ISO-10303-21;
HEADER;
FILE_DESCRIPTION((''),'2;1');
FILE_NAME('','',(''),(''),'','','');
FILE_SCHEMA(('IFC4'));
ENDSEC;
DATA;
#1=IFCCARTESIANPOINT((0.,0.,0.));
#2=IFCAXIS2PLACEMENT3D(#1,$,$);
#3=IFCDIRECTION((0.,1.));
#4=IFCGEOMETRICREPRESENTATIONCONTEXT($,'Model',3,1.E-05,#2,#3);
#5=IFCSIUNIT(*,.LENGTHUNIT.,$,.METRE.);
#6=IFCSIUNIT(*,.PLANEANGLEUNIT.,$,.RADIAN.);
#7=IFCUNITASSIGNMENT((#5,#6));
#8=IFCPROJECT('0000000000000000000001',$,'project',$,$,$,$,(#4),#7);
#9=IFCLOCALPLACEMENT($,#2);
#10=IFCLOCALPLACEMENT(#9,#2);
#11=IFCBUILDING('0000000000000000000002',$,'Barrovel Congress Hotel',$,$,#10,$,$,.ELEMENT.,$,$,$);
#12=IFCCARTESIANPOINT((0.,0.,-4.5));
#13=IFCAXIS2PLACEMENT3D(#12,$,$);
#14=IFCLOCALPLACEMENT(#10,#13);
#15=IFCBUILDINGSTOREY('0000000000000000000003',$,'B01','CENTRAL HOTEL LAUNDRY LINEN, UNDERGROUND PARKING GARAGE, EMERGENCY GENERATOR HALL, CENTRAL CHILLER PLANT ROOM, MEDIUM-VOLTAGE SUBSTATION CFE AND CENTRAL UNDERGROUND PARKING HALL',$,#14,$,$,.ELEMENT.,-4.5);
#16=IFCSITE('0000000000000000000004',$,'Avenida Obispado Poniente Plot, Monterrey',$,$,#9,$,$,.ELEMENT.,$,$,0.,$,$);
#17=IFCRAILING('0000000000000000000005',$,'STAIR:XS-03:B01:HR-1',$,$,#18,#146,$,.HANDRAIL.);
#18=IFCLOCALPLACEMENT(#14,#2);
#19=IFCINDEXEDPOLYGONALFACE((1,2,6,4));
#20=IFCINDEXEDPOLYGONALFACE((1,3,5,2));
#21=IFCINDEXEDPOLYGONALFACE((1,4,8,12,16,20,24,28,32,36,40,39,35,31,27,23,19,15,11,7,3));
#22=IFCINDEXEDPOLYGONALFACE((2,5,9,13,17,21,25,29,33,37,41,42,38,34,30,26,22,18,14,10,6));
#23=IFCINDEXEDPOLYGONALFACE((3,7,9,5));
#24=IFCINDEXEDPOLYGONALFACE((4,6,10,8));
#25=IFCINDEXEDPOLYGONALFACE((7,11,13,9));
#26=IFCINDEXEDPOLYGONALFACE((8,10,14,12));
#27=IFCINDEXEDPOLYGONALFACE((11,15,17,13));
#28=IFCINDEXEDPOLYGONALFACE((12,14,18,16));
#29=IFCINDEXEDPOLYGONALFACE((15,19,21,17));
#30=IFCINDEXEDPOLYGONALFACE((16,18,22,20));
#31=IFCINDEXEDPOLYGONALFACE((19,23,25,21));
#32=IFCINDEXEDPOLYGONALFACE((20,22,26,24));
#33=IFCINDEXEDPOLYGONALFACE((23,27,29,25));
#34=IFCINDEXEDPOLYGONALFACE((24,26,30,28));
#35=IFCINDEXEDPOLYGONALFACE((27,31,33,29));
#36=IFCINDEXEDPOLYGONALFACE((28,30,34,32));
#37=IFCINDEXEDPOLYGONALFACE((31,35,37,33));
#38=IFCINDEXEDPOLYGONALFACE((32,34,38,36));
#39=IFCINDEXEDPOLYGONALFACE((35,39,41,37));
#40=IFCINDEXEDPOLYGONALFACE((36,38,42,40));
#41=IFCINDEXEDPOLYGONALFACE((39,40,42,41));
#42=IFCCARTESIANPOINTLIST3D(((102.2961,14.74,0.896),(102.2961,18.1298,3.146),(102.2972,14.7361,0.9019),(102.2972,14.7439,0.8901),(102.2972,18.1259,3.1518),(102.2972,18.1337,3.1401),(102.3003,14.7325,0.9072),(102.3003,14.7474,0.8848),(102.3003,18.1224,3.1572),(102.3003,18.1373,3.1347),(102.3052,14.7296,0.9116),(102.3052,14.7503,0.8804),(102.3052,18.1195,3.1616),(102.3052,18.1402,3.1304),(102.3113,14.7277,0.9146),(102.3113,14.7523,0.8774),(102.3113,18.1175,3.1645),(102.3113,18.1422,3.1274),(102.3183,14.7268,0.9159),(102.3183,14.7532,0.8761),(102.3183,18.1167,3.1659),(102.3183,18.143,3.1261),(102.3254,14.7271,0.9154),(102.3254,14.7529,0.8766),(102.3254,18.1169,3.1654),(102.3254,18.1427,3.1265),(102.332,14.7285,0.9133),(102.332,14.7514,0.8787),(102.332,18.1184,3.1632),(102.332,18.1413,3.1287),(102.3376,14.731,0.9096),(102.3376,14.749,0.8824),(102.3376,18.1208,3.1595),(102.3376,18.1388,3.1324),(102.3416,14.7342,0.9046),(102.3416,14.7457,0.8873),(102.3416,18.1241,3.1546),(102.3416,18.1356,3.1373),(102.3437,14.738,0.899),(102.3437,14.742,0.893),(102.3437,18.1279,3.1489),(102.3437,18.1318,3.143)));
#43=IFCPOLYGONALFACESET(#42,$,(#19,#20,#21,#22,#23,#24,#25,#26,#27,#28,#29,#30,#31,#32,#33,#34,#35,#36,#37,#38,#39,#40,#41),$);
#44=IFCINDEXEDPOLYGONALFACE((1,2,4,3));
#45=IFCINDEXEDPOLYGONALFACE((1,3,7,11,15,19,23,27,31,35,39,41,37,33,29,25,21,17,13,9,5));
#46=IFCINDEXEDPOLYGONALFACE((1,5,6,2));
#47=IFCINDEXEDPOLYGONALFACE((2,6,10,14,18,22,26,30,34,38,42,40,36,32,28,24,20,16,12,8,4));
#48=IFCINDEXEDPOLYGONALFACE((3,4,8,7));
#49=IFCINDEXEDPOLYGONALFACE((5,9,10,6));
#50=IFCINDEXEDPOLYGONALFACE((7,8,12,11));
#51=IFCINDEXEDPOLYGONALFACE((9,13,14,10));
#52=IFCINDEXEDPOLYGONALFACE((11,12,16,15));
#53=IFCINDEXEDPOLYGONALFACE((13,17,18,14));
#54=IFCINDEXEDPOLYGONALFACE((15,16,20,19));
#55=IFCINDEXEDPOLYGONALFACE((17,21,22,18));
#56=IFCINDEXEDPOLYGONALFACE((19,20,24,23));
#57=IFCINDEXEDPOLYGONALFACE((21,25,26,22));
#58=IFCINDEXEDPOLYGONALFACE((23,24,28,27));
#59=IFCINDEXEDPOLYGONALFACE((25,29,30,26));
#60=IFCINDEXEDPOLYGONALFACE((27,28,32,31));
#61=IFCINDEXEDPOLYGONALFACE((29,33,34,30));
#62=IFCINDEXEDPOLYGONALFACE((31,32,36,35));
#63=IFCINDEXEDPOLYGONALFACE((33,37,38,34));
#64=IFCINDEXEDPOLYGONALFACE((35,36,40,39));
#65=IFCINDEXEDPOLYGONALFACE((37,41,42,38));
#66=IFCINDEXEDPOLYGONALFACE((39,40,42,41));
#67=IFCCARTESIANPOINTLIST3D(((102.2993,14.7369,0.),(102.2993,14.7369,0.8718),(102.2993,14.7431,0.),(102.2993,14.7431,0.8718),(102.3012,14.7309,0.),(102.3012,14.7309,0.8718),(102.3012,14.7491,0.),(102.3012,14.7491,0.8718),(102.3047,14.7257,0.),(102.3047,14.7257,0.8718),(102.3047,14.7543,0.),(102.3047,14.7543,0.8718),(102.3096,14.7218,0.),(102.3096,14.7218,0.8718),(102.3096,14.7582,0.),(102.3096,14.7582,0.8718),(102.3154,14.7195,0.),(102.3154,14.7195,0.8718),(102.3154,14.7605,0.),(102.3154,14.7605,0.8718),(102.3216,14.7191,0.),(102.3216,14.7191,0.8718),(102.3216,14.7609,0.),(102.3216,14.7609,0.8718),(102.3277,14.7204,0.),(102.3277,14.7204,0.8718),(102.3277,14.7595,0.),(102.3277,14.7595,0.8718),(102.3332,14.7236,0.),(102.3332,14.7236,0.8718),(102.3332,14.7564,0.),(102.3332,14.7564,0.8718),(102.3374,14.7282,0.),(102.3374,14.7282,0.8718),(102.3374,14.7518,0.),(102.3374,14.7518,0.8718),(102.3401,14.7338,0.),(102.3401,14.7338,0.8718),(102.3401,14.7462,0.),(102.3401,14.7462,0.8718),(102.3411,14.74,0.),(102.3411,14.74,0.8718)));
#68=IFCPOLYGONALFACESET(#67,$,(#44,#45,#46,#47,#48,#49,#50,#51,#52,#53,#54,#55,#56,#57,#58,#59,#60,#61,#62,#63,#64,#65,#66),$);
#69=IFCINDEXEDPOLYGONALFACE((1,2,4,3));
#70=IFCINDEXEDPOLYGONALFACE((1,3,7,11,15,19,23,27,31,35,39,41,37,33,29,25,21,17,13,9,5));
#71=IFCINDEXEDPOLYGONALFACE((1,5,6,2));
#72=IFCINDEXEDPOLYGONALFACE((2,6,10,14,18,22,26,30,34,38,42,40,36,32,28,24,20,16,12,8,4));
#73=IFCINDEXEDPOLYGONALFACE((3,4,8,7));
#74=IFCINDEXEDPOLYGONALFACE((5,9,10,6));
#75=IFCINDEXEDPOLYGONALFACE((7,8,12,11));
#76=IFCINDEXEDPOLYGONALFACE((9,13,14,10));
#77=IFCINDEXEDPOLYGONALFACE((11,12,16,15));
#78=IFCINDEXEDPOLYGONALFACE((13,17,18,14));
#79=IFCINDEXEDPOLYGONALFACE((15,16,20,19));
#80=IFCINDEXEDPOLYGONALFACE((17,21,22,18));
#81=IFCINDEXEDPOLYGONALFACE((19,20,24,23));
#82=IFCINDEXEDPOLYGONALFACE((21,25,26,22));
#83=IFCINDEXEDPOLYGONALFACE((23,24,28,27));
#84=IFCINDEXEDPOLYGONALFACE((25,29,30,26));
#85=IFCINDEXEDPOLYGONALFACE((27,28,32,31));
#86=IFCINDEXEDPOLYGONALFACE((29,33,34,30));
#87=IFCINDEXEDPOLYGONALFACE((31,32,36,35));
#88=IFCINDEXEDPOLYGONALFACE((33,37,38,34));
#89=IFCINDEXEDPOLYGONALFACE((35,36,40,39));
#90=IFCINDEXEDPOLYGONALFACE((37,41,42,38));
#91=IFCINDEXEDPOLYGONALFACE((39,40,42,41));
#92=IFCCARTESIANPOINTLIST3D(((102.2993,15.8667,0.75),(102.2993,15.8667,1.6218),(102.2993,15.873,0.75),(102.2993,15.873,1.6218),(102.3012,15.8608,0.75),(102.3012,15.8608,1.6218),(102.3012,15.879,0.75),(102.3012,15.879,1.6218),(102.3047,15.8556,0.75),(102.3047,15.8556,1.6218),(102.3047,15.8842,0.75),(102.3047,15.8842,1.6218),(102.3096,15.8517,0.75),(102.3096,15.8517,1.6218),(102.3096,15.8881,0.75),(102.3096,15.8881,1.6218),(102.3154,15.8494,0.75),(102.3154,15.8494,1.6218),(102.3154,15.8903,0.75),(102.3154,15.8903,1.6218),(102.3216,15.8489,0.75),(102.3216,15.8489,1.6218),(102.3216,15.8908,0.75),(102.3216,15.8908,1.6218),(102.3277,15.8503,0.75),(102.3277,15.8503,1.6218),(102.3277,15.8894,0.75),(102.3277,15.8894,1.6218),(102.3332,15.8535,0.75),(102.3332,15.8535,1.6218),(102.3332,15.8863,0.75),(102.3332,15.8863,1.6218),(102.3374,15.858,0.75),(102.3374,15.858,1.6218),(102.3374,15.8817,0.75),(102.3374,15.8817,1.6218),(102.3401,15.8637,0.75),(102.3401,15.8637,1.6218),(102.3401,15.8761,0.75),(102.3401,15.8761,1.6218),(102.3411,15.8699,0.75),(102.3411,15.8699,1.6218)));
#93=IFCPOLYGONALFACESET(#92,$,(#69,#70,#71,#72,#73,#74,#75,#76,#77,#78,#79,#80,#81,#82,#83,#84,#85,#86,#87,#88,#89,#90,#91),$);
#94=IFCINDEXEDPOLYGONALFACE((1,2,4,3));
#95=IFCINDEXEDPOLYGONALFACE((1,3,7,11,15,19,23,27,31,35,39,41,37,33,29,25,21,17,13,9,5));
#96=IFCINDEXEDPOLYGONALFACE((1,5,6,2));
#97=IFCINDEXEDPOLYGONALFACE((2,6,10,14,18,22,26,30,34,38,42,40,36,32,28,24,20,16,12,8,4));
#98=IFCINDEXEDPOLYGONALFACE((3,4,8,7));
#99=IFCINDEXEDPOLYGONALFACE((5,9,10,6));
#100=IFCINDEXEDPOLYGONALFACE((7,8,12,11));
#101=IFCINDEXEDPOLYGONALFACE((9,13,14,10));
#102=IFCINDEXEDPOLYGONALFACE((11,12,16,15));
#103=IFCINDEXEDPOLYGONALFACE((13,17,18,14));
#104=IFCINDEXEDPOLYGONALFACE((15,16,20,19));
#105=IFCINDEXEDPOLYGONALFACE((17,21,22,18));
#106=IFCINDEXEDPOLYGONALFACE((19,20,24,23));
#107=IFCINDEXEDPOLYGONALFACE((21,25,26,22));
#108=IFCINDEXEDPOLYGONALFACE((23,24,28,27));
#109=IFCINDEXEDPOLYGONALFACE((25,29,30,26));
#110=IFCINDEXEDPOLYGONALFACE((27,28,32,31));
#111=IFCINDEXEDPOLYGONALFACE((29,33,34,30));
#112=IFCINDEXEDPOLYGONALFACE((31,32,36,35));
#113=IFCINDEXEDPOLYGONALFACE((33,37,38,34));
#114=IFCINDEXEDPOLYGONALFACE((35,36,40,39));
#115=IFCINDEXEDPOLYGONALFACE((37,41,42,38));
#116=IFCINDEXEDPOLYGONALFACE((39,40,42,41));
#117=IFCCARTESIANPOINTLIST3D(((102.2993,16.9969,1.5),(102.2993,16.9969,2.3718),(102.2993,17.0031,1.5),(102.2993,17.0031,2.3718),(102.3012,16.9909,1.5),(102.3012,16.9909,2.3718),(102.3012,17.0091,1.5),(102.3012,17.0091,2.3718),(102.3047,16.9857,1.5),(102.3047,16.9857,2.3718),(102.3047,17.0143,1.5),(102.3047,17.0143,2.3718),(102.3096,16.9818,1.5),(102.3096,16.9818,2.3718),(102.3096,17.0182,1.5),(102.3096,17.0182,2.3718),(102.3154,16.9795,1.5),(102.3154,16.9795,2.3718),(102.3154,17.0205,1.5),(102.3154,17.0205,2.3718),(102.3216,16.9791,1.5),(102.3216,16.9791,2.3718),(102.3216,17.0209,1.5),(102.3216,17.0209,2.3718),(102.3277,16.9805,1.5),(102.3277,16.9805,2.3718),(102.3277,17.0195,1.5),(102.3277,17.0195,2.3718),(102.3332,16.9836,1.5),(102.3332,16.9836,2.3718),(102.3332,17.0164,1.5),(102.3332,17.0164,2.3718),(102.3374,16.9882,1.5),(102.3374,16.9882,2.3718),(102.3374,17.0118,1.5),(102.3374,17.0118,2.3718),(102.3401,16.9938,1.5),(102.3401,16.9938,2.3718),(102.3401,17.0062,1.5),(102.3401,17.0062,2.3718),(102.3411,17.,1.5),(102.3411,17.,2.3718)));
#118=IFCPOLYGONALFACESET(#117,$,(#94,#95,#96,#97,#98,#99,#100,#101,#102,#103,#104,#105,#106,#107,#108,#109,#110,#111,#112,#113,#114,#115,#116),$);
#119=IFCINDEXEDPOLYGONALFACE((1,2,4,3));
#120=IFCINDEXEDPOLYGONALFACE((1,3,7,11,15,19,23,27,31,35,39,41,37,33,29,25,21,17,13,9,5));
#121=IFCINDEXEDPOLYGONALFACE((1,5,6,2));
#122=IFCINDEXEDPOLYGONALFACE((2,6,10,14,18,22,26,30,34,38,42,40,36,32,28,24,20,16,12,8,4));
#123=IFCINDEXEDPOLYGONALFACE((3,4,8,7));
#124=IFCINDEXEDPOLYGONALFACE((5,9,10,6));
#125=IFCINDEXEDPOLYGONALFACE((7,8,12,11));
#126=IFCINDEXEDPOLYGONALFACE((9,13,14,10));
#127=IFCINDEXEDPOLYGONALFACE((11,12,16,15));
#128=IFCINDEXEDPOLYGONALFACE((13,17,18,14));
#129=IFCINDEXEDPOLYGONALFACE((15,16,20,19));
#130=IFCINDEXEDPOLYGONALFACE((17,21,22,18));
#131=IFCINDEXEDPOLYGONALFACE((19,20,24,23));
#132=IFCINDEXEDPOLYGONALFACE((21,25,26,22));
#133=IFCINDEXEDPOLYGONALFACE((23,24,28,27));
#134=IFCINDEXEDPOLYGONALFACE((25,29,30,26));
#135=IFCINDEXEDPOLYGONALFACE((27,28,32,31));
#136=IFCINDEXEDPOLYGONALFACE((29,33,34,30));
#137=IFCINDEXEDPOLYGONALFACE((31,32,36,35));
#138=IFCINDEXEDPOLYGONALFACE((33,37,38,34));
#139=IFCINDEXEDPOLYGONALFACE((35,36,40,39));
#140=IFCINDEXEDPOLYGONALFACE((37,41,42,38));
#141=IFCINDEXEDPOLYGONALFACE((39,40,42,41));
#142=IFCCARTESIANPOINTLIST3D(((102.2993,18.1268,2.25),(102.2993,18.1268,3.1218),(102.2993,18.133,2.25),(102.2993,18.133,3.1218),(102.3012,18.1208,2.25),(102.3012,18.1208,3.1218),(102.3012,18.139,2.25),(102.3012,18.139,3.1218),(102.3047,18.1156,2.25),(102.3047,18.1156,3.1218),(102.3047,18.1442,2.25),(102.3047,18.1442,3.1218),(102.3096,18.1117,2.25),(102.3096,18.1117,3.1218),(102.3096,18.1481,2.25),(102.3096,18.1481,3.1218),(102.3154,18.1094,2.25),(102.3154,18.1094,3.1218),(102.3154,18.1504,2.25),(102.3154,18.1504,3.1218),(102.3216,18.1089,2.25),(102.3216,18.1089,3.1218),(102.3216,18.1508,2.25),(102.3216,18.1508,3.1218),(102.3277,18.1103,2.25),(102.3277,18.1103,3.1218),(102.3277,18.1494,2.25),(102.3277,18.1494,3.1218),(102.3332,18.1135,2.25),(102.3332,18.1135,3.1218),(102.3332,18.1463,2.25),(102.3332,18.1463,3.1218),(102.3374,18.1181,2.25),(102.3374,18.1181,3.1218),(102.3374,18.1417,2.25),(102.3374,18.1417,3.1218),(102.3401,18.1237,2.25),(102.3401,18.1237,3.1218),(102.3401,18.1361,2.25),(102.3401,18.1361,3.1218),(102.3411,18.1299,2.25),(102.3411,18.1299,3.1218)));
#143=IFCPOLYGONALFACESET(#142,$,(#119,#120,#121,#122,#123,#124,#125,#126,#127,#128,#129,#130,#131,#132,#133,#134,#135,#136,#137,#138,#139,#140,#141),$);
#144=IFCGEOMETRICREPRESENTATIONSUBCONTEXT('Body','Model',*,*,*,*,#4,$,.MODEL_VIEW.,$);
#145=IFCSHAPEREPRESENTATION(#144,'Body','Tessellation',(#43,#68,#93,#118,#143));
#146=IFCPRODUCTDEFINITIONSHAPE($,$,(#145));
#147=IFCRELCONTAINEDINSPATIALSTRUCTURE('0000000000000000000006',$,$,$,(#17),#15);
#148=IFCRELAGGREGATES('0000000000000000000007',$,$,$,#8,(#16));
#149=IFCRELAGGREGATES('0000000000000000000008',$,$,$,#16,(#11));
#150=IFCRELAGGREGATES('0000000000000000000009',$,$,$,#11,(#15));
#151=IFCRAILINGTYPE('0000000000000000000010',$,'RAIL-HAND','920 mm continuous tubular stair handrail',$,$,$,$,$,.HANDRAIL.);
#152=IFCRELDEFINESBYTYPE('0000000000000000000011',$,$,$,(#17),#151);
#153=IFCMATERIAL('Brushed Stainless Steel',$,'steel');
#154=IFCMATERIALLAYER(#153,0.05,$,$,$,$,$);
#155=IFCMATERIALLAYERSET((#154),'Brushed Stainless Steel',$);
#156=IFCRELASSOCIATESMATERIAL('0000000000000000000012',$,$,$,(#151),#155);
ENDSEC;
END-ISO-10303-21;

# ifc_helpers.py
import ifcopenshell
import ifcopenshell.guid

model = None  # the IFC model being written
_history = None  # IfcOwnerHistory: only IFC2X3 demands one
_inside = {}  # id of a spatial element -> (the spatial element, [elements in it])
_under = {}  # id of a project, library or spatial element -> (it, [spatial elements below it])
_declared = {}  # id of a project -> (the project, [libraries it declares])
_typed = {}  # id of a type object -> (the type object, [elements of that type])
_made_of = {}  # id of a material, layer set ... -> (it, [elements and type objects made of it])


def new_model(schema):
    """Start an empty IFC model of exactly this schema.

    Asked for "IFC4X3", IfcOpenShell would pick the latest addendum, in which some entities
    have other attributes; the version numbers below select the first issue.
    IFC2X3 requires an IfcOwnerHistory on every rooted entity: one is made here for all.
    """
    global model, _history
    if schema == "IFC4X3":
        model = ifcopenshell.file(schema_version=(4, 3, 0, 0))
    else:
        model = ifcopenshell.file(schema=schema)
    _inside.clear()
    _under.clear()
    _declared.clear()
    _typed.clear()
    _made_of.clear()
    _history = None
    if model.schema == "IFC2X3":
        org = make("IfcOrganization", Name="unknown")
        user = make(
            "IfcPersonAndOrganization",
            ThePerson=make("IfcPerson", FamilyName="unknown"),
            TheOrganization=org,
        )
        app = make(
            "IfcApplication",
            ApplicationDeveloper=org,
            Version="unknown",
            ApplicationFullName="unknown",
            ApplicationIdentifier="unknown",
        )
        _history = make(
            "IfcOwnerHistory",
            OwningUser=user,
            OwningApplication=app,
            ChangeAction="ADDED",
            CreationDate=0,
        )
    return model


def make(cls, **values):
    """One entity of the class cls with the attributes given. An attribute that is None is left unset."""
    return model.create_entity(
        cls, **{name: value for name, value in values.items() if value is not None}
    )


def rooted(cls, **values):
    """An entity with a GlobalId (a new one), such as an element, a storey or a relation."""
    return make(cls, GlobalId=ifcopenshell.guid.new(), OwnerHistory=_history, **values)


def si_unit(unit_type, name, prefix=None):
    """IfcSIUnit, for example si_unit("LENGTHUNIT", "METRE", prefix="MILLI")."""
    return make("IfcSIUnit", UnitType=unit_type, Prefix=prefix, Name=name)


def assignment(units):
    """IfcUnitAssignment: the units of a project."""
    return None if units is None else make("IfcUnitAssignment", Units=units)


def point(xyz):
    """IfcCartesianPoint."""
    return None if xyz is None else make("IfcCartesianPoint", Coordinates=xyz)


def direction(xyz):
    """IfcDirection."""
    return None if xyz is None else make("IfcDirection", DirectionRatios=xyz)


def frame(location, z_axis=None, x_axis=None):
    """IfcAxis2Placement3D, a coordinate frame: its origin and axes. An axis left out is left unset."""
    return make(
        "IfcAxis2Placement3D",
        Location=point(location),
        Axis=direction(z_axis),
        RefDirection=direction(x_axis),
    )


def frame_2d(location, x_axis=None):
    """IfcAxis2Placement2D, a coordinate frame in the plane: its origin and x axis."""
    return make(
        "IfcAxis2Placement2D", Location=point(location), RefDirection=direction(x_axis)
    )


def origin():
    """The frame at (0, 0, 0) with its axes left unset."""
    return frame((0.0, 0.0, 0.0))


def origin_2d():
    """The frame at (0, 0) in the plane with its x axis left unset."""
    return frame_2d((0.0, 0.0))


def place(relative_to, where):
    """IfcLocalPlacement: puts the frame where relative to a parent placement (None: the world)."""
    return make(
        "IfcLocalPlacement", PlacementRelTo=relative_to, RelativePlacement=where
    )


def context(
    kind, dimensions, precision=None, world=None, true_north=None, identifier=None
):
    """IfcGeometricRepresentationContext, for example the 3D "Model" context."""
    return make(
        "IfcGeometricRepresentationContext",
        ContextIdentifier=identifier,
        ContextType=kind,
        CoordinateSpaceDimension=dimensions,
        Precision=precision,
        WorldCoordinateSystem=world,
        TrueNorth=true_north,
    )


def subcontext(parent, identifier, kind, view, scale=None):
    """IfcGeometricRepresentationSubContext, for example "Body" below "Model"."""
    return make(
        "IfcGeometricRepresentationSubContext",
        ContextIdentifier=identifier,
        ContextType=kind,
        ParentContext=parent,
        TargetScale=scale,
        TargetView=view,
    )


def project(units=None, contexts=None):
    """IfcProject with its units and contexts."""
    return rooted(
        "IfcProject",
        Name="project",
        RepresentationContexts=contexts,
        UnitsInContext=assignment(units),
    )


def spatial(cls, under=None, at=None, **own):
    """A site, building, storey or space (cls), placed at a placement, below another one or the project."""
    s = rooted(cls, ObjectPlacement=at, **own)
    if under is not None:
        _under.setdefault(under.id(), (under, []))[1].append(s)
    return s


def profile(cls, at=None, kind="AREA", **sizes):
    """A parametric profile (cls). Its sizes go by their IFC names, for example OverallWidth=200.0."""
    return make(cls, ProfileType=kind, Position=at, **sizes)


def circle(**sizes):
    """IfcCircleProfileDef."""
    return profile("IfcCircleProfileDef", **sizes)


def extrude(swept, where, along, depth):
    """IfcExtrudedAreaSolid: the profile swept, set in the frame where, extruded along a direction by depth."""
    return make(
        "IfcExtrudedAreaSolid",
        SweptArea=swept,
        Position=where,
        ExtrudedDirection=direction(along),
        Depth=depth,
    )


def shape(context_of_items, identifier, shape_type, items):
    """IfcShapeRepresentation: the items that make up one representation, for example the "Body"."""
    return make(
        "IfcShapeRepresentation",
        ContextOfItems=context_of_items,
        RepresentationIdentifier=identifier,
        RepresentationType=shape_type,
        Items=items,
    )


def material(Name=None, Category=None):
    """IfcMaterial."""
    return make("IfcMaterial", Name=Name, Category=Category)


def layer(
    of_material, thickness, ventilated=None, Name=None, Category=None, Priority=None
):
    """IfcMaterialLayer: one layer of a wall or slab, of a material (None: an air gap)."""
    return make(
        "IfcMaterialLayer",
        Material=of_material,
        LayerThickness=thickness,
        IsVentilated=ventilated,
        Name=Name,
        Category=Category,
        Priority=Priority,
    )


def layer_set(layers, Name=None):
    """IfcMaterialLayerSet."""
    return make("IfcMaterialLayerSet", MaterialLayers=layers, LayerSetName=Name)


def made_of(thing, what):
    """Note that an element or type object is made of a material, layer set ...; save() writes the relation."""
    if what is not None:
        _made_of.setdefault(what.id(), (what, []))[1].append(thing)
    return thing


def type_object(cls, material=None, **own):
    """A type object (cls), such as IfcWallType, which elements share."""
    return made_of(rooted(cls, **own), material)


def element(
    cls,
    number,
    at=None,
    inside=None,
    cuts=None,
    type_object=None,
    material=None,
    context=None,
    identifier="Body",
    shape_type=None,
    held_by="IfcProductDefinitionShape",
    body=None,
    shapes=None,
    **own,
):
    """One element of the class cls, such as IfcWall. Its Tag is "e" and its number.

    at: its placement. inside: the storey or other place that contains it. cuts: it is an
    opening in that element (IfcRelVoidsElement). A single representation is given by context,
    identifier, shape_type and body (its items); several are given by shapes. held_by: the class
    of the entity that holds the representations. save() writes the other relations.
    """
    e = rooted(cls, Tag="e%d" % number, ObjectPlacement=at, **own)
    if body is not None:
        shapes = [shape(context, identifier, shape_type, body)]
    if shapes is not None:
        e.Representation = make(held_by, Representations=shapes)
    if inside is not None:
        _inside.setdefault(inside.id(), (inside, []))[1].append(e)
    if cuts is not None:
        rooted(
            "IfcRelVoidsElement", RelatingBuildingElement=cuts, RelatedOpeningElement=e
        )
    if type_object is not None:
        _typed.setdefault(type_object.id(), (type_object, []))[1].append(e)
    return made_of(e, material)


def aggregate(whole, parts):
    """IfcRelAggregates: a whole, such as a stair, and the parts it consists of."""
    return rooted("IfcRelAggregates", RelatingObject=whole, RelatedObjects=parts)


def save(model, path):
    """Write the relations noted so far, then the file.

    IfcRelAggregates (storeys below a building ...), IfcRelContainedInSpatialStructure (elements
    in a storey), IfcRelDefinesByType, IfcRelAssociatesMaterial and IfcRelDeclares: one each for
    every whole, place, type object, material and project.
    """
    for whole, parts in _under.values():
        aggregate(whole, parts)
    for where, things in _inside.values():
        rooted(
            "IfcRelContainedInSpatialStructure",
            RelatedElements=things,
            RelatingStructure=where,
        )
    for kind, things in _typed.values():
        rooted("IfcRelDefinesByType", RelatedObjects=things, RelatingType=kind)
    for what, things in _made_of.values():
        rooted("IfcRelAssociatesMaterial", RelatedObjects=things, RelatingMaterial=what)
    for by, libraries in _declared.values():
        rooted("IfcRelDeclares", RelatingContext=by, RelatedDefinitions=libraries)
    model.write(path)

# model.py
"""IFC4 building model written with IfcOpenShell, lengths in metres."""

from ifc_helpers import new_model, si_unit, direction, frame, origin, origin_2d, place, context, subcontext, project, spatial, circle, extrude, material, layer, layer_set, type_object, element, save


model = new_model("IFC4")

# Units and contexts
model_context = context("Model", 3, precision=1e-05, world=origin(), true_north=direction((0.0, 1.0)))
body_context = subcontext(model_context, "Body", "Model", "MODEL_VIEW")
ifc_project = project(units=[si_unit("LENGTHUNIT", "METRE"), si_unit("PLANEANGLEUNIT", "RADIAN")], contexts=[model_context])

# Site, building, storey
site_placement = place(None, origin())
site = spatial("IfcSite", under=ifc_project, at=site_placement, Name="Avenida Obispado Poniente Plot, Monterrey", CompositionType="ELEMENT", RefElevation=0.0)
building_placement = place(site_placement, origin())
building = spatial("IfcBuilding", under=site, at=building_placement, Name="Barrovel Congress Hotel", CompositionType="ELEMENT")
storey_placement = place(building_placement, frame((0.0, 0.0, -4.5)))
storey = spatial("IfcBuildingStorey", under=building, at=storey_placement, Name="B01", Description="CENTRAL HOTEL LAUNDRY LINEN, UNDERGROUND PARKING GARAGE, EMERGENCY GENERATOR HALL, CENTRAL CHILLER PLANT ROOM, MEDIUM-VOLTAGE SUBSTATION CFE AND CENTRAL UNDERGROUND PARKING HALL", CompositionType="ELEMENT", Elevation=-4.5)

# Railing
ifc_material_1 = material(Name="Brushed Stainless Steel", Category="steel")
ifc_layer_1 = layer(ifc_material_1, 0.05)
ifc_layer_set_1 = layer_set([ifc_layer_1], Name="Brushed Stainless Steel")
railing_type_1 = type_object("IfcRailingType", Name="RAIL-HAND", Description="920 mm continuous tubular stair handrail", PredefinedType="HANDRAIL", material=ifc_layer_set_1)
railing_1_placement = place(storey_placement, frame((102.3201, 14.74, 0.0)))
element("IfcRailing", 1, at=railing_1_placement, inside=storey, type_object=railing_type_1, Name="STAIR:XS-03:B01:HR-1", PredefinedType="HANDRAIL", context=body_context, shape_type="SweptSolid", body=[
    extrude(circle(Radius=0.0239, at=origin_2d()), frame((0.0, 0.0, 0.896), z_axis=(0.0, 0.833175, 0.55301), x_axis=(-1.0, 0.0, 0.0)), (0.0, 0.0, 1.0), 4.0686),
    extrude(circle(Radius=0.021, at=origin_2d()), origin(), (0.0, 0.0, 1.0), 0.8718),
    extrude(circle(Radius=0.021, at=origin_2d()), frame((0.0, 1.1299, 0.75)), (0.0, 0.0, 1.0), 0.8718),
    extrude(circle(Radius=0.021, at=origin_2d()), frame((0.0, 2.26, 1.5)), (0.0, 0.0, 1.0), 0.8718),
    extrude(circle(Radius=0.021, at=origin_2d()), frame((0.0, 3.3899, 2.25)), (0.0, 0.0, 1.0), 0.8718),
])

save(model, "model.ifc")
